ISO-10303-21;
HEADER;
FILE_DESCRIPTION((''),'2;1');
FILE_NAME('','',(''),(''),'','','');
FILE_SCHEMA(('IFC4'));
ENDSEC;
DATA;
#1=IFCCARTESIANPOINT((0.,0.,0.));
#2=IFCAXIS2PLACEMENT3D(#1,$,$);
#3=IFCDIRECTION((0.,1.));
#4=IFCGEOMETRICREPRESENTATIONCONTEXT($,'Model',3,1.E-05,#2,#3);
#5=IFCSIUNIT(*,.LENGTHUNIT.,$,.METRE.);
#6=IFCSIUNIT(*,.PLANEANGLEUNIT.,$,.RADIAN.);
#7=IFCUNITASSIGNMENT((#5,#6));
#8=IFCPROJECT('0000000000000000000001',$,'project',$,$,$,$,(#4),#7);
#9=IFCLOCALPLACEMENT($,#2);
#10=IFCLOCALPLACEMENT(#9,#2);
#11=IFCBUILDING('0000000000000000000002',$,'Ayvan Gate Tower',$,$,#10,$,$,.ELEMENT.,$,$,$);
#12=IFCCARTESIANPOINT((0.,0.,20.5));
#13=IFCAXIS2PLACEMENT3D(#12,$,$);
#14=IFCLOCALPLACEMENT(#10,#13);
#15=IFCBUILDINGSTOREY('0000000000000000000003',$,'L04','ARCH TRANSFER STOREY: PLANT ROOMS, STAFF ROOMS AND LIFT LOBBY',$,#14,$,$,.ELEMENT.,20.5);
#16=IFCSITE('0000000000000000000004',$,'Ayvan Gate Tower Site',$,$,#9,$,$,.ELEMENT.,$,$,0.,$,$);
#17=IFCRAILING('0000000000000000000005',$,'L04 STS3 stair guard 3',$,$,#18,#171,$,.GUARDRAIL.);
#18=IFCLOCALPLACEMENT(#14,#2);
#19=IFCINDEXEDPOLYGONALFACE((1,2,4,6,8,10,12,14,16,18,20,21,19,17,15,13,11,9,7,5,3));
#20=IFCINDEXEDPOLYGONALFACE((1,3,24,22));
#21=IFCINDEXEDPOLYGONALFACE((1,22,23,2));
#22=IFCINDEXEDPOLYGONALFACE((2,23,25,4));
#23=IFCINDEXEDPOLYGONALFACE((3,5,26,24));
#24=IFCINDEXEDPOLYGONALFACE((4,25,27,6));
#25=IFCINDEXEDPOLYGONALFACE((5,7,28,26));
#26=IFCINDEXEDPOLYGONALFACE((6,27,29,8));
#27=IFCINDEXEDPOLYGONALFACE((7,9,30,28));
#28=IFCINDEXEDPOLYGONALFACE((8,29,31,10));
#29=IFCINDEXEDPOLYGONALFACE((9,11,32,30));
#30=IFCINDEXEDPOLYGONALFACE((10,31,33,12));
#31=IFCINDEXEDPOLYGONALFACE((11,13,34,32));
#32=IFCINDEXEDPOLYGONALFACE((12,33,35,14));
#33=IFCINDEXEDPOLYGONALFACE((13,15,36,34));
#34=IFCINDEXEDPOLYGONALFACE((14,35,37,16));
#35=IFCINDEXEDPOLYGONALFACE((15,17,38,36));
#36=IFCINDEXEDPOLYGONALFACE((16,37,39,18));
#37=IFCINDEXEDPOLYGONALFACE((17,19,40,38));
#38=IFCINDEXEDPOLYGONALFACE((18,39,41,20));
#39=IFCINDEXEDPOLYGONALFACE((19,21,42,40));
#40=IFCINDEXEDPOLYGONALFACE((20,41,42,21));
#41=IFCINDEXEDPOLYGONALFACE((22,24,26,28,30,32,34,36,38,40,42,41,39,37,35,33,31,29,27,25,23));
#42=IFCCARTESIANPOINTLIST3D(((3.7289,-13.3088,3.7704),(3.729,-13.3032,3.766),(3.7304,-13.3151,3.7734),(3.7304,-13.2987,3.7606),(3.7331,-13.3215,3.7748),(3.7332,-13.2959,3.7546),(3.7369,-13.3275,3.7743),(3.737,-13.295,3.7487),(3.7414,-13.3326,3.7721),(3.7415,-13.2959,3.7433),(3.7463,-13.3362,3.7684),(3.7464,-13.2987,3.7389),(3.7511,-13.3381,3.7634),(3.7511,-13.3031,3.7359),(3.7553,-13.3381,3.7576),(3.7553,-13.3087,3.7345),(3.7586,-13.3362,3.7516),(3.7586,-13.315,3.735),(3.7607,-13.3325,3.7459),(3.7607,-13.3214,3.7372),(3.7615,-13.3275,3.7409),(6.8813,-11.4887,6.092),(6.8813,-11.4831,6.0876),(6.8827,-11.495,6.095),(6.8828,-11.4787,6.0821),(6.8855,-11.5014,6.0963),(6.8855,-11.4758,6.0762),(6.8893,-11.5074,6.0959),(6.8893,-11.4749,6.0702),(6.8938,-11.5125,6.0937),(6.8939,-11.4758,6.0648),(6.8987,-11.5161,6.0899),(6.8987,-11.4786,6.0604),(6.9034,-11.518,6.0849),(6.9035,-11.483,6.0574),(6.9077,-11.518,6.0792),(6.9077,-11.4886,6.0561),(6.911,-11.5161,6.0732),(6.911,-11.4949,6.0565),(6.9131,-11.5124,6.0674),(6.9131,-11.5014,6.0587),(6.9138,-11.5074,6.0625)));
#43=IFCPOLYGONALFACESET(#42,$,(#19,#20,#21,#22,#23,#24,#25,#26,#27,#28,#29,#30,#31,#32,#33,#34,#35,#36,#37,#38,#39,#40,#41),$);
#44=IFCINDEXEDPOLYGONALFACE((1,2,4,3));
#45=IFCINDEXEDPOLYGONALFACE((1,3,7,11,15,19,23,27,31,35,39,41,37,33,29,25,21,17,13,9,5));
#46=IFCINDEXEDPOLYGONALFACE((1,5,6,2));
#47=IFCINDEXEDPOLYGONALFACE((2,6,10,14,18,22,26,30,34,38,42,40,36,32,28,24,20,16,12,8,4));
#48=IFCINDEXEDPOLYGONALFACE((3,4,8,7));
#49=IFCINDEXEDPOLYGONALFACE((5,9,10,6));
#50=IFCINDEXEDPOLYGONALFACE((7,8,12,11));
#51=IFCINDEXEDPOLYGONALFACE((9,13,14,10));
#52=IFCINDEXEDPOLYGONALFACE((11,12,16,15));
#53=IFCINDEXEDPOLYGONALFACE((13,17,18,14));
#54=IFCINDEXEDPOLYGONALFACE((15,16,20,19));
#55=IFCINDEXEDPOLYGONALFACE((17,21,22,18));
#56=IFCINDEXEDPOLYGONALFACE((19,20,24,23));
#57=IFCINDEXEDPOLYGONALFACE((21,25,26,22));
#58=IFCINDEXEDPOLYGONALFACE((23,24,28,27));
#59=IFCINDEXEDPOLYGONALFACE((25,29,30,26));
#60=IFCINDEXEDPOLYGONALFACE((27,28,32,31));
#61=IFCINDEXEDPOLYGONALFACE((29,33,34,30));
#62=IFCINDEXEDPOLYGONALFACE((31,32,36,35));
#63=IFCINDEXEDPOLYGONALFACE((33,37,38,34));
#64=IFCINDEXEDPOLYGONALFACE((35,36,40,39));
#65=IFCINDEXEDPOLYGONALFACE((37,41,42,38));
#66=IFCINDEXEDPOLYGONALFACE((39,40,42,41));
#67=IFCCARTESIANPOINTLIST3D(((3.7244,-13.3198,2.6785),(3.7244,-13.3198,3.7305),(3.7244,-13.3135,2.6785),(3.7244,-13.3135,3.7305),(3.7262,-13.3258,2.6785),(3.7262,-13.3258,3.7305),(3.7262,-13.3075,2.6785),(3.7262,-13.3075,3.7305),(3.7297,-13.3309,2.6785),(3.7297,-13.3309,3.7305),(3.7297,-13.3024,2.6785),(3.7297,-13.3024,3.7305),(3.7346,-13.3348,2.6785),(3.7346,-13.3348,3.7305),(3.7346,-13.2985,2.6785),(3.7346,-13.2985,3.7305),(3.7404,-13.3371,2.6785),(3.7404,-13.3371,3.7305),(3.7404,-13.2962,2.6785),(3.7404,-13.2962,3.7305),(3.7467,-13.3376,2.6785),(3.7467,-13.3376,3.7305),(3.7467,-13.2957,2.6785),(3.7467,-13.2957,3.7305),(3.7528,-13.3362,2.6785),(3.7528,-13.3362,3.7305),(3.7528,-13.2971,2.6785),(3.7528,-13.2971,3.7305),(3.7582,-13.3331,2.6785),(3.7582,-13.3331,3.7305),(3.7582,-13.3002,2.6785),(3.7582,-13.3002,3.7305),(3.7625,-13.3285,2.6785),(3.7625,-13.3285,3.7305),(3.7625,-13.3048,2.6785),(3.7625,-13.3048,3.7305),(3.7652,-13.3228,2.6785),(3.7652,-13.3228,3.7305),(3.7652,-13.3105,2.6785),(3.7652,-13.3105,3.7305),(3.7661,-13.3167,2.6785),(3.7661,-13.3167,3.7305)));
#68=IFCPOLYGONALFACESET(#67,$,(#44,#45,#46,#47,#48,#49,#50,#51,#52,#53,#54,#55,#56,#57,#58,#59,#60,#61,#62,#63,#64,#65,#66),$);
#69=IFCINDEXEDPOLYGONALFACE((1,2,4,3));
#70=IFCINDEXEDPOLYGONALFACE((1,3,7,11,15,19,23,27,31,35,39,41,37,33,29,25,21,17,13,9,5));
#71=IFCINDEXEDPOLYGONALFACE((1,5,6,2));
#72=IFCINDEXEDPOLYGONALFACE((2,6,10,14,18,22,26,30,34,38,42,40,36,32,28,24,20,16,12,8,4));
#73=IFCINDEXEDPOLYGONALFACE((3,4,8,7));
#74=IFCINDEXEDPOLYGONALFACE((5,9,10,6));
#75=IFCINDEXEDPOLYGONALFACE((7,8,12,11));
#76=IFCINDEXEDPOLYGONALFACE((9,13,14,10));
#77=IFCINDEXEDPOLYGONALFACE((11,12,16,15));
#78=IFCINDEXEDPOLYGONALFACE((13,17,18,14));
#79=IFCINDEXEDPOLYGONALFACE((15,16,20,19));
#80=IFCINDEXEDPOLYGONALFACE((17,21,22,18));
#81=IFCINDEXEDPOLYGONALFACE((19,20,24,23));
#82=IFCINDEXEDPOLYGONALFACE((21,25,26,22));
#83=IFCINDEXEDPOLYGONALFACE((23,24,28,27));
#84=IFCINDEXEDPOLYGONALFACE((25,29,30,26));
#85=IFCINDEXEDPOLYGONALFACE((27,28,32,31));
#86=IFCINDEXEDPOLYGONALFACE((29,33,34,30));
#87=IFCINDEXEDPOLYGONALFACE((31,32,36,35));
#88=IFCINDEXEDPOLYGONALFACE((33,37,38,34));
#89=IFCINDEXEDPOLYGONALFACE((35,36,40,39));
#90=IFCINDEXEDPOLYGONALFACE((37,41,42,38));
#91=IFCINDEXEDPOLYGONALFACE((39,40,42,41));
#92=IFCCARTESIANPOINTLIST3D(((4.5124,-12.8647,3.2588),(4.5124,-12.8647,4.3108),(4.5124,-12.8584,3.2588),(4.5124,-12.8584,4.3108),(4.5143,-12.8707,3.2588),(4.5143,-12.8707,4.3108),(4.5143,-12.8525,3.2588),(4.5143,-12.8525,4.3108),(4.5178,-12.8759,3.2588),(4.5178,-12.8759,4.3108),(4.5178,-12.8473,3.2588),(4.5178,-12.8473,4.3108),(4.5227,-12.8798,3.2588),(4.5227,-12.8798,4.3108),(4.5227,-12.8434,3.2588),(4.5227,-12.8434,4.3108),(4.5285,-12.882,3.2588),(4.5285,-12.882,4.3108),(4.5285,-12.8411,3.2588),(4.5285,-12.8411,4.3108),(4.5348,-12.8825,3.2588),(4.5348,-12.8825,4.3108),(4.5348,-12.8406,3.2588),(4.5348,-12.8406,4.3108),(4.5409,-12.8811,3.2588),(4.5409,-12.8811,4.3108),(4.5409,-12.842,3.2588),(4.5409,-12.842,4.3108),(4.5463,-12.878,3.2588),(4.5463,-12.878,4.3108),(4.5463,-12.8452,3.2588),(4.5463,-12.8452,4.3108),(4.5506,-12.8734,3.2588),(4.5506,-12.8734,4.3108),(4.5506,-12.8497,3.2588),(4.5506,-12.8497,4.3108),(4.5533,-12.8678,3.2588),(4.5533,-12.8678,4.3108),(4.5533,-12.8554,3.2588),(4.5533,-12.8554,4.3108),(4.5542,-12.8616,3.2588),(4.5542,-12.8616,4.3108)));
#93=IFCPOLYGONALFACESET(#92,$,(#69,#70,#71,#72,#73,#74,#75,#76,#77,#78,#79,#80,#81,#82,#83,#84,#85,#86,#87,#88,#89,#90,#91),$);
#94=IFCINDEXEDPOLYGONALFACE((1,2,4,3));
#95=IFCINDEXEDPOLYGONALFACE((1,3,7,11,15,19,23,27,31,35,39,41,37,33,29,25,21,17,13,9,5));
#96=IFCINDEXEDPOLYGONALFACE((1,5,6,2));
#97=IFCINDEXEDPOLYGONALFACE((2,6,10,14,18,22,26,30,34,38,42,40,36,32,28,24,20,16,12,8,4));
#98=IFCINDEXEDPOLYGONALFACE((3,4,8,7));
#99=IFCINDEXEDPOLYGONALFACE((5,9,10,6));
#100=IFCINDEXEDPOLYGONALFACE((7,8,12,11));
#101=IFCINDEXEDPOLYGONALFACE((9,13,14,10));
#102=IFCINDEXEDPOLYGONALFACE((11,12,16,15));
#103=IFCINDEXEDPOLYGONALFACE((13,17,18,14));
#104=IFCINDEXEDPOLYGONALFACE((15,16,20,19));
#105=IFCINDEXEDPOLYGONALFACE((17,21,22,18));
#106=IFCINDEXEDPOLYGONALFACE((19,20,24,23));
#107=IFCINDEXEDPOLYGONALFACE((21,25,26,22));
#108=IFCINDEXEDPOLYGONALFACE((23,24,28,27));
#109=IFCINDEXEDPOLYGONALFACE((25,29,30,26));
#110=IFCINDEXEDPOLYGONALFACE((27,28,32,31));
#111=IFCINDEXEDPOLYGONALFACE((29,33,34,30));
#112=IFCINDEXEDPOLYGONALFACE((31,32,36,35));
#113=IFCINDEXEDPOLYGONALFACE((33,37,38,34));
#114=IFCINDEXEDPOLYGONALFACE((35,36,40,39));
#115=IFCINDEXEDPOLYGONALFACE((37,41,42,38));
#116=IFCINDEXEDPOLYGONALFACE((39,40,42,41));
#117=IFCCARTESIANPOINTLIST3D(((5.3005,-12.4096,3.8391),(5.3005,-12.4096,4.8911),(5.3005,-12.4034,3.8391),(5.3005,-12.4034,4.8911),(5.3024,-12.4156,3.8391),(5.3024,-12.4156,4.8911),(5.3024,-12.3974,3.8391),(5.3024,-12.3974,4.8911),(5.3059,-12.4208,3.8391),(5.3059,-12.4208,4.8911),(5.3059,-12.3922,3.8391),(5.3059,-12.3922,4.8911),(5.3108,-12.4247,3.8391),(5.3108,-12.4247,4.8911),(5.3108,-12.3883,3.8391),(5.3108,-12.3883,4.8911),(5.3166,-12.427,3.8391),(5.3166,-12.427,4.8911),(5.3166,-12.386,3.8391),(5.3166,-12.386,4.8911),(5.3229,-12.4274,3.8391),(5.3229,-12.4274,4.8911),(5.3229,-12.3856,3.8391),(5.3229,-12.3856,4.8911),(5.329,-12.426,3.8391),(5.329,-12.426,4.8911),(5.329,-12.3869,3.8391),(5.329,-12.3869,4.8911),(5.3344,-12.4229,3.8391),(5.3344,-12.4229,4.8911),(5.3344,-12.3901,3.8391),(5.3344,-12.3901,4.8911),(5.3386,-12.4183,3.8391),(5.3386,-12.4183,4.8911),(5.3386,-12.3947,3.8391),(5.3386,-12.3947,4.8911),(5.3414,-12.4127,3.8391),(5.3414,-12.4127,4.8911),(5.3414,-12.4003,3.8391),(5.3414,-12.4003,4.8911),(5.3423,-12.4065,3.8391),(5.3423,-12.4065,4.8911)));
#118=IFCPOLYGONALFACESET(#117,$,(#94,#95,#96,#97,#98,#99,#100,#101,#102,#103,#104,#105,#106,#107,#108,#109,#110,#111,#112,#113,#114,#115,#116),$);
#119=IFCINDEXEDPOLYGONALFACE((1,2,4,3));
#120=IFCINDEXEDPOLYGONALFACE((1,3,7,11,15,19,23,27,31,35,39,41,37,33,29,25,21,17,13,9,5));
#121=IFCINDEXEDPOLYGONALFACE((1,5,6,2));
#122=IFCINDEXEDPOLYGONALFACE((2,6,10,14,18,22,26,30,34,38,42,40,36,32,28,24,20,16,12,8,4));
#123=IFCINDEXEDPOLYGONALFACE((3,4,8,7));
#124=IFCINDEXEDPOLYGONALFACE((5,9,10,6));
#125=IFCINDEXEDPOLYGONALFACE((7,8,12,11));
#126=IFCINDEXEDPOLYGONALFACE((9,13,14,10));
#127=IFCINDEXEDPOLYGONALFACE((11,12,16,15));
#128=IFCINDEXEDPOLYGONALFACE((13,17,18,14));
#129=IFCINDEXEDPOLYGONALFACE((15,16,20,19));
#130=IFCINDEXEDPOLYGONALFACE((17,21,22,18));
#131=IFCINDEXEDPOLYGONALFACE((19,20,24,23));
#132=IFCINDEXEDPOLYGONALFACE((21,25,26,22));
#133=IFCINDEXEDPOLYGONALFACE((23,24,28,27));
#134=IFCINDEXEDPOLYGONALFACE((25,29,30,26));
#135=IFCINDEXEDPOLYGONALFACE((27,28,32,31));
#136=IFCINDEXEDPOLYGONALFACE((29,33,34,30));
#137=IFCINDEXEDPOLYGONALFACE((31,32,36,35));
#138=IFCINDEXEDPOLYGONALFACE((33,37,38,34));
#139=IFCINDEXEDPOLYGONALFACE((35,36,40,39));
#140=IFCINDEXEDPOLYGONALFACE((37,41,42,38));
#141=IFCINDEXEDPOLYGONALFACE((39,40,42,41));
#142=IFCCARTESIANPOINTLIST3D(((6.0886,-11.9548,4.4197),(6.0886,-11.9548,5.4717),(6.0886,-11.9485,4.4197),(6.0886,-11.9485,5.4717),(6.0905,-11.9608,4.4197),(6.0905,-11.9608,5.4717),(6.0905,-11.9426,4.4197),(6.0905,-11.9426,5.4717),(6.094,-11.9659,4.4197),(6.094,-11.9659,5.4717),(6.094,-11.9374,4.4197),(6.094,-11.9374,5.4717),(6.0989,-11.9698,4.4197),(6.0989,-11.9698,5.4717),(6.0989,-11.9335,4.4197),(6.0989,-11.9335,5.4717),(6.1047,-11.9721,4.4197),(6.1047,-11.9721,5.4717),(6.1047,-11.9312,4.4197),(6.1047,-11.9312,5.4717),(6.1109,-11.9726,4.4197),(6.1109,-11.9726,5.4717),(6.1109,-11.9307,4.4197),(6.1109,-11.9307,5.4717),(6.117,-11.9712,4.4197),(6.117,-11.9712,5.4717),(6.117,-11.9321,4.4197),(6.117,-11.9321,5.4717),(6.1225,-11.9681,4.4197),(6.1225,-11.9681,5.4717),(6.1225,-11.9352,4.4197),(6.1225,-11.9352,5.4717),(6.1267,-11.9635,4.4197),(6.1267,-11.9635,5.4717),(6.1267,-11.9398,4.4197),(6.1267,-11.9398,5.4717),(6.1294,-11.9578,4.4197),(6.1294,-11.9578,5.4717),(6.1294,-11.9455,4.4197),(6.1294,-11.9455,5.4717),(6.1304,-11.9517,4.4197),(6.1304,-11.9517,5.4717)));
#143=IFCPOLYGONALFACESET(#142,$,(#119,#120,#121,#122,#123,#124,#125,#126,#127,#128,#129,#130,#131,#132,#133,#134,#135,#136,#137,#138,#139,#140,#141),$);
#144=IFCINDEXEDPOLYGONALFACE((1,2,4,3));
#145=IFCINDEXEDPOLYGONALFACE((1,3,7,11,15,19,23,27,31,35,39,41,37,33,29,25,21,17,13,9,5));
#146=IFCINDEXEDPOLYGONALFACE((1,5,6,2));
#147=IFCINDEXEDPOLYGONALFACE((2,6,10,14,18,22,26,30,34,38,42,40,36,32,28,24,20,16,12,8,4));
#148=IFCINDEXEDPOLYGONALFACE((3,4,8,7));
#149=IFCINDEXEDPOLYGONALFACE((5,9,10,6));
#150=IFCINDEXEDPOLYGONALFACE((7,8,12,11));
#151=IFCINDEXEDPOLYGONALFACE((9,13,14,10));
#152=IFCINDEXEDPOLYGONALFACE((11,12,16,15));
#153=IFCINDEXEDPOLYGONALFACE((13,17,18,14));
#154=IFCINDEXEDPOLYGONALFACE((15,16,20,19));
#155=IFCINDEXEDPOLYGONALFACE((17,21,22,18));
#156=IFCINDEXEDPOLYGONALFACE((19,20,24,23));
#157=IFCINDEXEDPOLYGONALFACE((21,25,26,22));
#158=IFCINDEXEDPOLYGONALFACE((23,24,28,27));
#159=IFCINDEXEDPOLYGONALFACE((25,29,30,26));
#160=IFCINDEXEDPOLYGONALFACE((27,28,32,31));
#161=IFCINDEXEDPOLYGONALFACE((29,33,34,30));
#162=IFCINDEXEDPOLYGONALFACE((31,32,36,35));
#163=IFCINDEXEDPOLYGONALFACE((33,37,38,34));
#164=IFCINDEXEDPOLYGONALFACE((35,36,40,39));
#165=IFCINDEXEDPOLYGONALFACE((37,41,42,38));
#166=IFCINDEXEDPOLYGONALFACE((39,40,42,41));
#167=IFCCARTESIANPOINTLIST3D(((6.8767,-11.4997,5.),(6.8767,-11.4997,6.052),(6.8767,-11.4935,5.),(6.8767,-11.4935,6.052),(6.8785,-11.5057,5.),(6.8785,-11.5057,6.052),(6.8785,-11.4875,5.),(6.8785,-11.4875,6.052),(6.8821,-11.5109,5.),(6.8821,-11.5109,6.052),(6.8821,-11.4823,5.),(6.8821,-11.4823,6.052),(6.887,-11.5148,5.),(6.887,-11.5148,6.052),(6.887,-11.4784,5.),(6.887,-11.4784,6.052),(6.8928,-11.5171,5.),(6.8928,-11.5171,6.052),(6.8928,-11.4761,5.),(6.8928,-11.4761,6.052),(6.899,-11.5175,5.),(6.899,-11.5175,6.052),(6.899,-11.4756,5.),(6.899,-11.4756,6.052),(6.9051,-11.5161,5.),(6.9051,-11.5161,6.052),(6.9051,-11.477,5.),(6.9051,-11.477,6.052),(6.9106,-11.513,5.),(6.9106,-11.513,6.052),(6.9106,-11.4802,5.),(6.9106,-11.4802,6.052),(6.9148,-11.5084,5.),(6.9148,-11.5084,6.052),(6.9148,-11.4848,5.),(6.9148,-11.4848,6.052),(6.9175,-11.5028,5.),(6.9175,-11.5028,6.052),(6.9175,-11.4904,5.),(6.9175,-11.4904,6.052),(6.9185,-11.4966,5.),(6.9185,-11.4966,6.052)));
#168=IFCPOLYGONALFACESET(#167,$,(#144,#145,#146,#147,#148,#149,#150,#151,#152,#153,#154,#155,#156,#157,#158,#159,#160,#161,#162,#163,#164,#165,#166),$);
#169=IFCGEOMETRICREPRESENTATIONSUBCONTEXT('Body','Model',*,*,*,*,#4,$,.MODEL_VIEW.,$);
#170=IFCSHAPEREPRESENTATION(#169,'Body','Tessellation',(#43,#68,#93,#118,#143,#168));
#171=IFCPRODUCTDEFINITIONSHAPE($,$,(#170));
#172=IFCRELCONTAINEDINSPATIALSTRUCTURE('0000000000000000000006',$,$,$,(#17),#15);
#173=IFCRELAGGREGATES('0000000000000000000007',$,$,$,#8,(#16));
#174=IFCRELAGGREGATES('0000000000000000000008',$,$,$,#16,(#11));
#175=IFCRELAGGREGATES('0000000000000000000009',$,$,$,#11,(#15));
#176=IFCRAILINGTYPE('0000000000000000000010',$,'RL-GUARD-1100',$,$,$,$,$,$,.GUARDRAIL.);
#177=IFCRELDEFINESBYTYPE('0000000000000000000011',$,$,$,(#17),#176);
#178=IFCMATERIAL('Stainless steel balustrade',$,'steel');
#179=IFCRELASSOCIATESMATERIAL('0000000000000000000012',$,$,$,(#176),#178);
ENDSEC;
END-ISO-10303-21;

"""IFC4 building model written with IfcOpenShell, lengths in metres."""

from ifc_helpers import new_model, si_unit, direction, frame, origin, origin_2d, place, context, subcontext, project, spatial, circle, extrude, material, type_object, element, save


model = new_model("IFC4")

# Units and contexts
model_context = context("Model", 3, precision=1e-05, world=origin(), true_north=direction((0.0, 1.0)))
body_context = subcontext(model_context, "Body", "Model", "MODEL_VIEW")
ifc_project = project(units=[si_unit("LENGTHUNIT", "METRE"), si_unit("PLANEANGLEUNIT", "RADIAN")], contexts=[model_context])

# Site, building, storey
site_placement = place(None, origin())
site = spatial("IfcSite", under=ifc_project, at=site_placement, Name="Ayvan Gate Tower Site", CompositionType="ELEMENT", RefElevation=0.0)
building_placement = place(site_placement, origin())
building = spatial("IfcBuilding", under=site, at=building_placement, Name="Ayvan Gate Tower", CompositionType="ELEMENT")
storey_placement = place(building_placement, frame((0.0, 0.0, 20.5)))
storey = spatial("IfcBuildingStorey", under=building, at=storey_placement, Name="L04", Description="ARCH TRANSFER STOREY: PLANT ROOMS, STAFF ROOMS AND LIFT LOBBY", CompositionType="ELEMENT", Elevation=20.5)

# Railing
ifc_material_1 = material(Name="Stainless steel balustrade", Category="steel")
railing_type_1 = type_object("IfcRailingType", Name="RL-GUARD-1100", PredefinedType="GUARDRAIL", material=ifc_material_1)
railing_1_placement = place(storey_placement, frame((3.7451, -13.3167, 2.6785)))
element("IfcRailing", 1, at=railing_1_placement, inside=storey, type_object=railing_type_1, Name="L04 STS3 stair guard 3", PredefinedType="GUARDRAIL", context=body_context, shape_type="SweptSolid", body=[
    extrude(circle(Radius=0.0239, at=origin_2d()), frame((0.0, 0.0, 1.0762), z_axis=(0.730159, 0.421572, 0.537723), x_axis=(-0.500013, 0.866018, 0.0)), (0.0, 0.0, 1.0), 4.3174),
    extrude(circle(Radius=0.021, at=origin_2d()), origin(), (0.0, 0.0, 1.0), 1.052),
    extrude(circle(Radius=0.021, at=origin_2d()), frame((0.7881, 0.4551, 0.5803)), (0.0, 0.0, 1.0), 1.052),
    extrude(circle(Radius=0.021, at=origin_2d()), frame((1.5762, 0.9102, 1.1606)), (0.0, 0.0, 1.0), 1.052),
    extrude(circle(Radius=0.021, at=origin_2d()), frame((2.3643, 1.365, 1.7412)), (0.0, 0.0, 1.0), 1.052),
    extrude(circle(Radius=0.021, at=origin_2d()), frame((3.1523, 1.8201, 2.3215)), (0.0, 0.0, 1.0), 1.052),
])

save(model, "model.ifc")
